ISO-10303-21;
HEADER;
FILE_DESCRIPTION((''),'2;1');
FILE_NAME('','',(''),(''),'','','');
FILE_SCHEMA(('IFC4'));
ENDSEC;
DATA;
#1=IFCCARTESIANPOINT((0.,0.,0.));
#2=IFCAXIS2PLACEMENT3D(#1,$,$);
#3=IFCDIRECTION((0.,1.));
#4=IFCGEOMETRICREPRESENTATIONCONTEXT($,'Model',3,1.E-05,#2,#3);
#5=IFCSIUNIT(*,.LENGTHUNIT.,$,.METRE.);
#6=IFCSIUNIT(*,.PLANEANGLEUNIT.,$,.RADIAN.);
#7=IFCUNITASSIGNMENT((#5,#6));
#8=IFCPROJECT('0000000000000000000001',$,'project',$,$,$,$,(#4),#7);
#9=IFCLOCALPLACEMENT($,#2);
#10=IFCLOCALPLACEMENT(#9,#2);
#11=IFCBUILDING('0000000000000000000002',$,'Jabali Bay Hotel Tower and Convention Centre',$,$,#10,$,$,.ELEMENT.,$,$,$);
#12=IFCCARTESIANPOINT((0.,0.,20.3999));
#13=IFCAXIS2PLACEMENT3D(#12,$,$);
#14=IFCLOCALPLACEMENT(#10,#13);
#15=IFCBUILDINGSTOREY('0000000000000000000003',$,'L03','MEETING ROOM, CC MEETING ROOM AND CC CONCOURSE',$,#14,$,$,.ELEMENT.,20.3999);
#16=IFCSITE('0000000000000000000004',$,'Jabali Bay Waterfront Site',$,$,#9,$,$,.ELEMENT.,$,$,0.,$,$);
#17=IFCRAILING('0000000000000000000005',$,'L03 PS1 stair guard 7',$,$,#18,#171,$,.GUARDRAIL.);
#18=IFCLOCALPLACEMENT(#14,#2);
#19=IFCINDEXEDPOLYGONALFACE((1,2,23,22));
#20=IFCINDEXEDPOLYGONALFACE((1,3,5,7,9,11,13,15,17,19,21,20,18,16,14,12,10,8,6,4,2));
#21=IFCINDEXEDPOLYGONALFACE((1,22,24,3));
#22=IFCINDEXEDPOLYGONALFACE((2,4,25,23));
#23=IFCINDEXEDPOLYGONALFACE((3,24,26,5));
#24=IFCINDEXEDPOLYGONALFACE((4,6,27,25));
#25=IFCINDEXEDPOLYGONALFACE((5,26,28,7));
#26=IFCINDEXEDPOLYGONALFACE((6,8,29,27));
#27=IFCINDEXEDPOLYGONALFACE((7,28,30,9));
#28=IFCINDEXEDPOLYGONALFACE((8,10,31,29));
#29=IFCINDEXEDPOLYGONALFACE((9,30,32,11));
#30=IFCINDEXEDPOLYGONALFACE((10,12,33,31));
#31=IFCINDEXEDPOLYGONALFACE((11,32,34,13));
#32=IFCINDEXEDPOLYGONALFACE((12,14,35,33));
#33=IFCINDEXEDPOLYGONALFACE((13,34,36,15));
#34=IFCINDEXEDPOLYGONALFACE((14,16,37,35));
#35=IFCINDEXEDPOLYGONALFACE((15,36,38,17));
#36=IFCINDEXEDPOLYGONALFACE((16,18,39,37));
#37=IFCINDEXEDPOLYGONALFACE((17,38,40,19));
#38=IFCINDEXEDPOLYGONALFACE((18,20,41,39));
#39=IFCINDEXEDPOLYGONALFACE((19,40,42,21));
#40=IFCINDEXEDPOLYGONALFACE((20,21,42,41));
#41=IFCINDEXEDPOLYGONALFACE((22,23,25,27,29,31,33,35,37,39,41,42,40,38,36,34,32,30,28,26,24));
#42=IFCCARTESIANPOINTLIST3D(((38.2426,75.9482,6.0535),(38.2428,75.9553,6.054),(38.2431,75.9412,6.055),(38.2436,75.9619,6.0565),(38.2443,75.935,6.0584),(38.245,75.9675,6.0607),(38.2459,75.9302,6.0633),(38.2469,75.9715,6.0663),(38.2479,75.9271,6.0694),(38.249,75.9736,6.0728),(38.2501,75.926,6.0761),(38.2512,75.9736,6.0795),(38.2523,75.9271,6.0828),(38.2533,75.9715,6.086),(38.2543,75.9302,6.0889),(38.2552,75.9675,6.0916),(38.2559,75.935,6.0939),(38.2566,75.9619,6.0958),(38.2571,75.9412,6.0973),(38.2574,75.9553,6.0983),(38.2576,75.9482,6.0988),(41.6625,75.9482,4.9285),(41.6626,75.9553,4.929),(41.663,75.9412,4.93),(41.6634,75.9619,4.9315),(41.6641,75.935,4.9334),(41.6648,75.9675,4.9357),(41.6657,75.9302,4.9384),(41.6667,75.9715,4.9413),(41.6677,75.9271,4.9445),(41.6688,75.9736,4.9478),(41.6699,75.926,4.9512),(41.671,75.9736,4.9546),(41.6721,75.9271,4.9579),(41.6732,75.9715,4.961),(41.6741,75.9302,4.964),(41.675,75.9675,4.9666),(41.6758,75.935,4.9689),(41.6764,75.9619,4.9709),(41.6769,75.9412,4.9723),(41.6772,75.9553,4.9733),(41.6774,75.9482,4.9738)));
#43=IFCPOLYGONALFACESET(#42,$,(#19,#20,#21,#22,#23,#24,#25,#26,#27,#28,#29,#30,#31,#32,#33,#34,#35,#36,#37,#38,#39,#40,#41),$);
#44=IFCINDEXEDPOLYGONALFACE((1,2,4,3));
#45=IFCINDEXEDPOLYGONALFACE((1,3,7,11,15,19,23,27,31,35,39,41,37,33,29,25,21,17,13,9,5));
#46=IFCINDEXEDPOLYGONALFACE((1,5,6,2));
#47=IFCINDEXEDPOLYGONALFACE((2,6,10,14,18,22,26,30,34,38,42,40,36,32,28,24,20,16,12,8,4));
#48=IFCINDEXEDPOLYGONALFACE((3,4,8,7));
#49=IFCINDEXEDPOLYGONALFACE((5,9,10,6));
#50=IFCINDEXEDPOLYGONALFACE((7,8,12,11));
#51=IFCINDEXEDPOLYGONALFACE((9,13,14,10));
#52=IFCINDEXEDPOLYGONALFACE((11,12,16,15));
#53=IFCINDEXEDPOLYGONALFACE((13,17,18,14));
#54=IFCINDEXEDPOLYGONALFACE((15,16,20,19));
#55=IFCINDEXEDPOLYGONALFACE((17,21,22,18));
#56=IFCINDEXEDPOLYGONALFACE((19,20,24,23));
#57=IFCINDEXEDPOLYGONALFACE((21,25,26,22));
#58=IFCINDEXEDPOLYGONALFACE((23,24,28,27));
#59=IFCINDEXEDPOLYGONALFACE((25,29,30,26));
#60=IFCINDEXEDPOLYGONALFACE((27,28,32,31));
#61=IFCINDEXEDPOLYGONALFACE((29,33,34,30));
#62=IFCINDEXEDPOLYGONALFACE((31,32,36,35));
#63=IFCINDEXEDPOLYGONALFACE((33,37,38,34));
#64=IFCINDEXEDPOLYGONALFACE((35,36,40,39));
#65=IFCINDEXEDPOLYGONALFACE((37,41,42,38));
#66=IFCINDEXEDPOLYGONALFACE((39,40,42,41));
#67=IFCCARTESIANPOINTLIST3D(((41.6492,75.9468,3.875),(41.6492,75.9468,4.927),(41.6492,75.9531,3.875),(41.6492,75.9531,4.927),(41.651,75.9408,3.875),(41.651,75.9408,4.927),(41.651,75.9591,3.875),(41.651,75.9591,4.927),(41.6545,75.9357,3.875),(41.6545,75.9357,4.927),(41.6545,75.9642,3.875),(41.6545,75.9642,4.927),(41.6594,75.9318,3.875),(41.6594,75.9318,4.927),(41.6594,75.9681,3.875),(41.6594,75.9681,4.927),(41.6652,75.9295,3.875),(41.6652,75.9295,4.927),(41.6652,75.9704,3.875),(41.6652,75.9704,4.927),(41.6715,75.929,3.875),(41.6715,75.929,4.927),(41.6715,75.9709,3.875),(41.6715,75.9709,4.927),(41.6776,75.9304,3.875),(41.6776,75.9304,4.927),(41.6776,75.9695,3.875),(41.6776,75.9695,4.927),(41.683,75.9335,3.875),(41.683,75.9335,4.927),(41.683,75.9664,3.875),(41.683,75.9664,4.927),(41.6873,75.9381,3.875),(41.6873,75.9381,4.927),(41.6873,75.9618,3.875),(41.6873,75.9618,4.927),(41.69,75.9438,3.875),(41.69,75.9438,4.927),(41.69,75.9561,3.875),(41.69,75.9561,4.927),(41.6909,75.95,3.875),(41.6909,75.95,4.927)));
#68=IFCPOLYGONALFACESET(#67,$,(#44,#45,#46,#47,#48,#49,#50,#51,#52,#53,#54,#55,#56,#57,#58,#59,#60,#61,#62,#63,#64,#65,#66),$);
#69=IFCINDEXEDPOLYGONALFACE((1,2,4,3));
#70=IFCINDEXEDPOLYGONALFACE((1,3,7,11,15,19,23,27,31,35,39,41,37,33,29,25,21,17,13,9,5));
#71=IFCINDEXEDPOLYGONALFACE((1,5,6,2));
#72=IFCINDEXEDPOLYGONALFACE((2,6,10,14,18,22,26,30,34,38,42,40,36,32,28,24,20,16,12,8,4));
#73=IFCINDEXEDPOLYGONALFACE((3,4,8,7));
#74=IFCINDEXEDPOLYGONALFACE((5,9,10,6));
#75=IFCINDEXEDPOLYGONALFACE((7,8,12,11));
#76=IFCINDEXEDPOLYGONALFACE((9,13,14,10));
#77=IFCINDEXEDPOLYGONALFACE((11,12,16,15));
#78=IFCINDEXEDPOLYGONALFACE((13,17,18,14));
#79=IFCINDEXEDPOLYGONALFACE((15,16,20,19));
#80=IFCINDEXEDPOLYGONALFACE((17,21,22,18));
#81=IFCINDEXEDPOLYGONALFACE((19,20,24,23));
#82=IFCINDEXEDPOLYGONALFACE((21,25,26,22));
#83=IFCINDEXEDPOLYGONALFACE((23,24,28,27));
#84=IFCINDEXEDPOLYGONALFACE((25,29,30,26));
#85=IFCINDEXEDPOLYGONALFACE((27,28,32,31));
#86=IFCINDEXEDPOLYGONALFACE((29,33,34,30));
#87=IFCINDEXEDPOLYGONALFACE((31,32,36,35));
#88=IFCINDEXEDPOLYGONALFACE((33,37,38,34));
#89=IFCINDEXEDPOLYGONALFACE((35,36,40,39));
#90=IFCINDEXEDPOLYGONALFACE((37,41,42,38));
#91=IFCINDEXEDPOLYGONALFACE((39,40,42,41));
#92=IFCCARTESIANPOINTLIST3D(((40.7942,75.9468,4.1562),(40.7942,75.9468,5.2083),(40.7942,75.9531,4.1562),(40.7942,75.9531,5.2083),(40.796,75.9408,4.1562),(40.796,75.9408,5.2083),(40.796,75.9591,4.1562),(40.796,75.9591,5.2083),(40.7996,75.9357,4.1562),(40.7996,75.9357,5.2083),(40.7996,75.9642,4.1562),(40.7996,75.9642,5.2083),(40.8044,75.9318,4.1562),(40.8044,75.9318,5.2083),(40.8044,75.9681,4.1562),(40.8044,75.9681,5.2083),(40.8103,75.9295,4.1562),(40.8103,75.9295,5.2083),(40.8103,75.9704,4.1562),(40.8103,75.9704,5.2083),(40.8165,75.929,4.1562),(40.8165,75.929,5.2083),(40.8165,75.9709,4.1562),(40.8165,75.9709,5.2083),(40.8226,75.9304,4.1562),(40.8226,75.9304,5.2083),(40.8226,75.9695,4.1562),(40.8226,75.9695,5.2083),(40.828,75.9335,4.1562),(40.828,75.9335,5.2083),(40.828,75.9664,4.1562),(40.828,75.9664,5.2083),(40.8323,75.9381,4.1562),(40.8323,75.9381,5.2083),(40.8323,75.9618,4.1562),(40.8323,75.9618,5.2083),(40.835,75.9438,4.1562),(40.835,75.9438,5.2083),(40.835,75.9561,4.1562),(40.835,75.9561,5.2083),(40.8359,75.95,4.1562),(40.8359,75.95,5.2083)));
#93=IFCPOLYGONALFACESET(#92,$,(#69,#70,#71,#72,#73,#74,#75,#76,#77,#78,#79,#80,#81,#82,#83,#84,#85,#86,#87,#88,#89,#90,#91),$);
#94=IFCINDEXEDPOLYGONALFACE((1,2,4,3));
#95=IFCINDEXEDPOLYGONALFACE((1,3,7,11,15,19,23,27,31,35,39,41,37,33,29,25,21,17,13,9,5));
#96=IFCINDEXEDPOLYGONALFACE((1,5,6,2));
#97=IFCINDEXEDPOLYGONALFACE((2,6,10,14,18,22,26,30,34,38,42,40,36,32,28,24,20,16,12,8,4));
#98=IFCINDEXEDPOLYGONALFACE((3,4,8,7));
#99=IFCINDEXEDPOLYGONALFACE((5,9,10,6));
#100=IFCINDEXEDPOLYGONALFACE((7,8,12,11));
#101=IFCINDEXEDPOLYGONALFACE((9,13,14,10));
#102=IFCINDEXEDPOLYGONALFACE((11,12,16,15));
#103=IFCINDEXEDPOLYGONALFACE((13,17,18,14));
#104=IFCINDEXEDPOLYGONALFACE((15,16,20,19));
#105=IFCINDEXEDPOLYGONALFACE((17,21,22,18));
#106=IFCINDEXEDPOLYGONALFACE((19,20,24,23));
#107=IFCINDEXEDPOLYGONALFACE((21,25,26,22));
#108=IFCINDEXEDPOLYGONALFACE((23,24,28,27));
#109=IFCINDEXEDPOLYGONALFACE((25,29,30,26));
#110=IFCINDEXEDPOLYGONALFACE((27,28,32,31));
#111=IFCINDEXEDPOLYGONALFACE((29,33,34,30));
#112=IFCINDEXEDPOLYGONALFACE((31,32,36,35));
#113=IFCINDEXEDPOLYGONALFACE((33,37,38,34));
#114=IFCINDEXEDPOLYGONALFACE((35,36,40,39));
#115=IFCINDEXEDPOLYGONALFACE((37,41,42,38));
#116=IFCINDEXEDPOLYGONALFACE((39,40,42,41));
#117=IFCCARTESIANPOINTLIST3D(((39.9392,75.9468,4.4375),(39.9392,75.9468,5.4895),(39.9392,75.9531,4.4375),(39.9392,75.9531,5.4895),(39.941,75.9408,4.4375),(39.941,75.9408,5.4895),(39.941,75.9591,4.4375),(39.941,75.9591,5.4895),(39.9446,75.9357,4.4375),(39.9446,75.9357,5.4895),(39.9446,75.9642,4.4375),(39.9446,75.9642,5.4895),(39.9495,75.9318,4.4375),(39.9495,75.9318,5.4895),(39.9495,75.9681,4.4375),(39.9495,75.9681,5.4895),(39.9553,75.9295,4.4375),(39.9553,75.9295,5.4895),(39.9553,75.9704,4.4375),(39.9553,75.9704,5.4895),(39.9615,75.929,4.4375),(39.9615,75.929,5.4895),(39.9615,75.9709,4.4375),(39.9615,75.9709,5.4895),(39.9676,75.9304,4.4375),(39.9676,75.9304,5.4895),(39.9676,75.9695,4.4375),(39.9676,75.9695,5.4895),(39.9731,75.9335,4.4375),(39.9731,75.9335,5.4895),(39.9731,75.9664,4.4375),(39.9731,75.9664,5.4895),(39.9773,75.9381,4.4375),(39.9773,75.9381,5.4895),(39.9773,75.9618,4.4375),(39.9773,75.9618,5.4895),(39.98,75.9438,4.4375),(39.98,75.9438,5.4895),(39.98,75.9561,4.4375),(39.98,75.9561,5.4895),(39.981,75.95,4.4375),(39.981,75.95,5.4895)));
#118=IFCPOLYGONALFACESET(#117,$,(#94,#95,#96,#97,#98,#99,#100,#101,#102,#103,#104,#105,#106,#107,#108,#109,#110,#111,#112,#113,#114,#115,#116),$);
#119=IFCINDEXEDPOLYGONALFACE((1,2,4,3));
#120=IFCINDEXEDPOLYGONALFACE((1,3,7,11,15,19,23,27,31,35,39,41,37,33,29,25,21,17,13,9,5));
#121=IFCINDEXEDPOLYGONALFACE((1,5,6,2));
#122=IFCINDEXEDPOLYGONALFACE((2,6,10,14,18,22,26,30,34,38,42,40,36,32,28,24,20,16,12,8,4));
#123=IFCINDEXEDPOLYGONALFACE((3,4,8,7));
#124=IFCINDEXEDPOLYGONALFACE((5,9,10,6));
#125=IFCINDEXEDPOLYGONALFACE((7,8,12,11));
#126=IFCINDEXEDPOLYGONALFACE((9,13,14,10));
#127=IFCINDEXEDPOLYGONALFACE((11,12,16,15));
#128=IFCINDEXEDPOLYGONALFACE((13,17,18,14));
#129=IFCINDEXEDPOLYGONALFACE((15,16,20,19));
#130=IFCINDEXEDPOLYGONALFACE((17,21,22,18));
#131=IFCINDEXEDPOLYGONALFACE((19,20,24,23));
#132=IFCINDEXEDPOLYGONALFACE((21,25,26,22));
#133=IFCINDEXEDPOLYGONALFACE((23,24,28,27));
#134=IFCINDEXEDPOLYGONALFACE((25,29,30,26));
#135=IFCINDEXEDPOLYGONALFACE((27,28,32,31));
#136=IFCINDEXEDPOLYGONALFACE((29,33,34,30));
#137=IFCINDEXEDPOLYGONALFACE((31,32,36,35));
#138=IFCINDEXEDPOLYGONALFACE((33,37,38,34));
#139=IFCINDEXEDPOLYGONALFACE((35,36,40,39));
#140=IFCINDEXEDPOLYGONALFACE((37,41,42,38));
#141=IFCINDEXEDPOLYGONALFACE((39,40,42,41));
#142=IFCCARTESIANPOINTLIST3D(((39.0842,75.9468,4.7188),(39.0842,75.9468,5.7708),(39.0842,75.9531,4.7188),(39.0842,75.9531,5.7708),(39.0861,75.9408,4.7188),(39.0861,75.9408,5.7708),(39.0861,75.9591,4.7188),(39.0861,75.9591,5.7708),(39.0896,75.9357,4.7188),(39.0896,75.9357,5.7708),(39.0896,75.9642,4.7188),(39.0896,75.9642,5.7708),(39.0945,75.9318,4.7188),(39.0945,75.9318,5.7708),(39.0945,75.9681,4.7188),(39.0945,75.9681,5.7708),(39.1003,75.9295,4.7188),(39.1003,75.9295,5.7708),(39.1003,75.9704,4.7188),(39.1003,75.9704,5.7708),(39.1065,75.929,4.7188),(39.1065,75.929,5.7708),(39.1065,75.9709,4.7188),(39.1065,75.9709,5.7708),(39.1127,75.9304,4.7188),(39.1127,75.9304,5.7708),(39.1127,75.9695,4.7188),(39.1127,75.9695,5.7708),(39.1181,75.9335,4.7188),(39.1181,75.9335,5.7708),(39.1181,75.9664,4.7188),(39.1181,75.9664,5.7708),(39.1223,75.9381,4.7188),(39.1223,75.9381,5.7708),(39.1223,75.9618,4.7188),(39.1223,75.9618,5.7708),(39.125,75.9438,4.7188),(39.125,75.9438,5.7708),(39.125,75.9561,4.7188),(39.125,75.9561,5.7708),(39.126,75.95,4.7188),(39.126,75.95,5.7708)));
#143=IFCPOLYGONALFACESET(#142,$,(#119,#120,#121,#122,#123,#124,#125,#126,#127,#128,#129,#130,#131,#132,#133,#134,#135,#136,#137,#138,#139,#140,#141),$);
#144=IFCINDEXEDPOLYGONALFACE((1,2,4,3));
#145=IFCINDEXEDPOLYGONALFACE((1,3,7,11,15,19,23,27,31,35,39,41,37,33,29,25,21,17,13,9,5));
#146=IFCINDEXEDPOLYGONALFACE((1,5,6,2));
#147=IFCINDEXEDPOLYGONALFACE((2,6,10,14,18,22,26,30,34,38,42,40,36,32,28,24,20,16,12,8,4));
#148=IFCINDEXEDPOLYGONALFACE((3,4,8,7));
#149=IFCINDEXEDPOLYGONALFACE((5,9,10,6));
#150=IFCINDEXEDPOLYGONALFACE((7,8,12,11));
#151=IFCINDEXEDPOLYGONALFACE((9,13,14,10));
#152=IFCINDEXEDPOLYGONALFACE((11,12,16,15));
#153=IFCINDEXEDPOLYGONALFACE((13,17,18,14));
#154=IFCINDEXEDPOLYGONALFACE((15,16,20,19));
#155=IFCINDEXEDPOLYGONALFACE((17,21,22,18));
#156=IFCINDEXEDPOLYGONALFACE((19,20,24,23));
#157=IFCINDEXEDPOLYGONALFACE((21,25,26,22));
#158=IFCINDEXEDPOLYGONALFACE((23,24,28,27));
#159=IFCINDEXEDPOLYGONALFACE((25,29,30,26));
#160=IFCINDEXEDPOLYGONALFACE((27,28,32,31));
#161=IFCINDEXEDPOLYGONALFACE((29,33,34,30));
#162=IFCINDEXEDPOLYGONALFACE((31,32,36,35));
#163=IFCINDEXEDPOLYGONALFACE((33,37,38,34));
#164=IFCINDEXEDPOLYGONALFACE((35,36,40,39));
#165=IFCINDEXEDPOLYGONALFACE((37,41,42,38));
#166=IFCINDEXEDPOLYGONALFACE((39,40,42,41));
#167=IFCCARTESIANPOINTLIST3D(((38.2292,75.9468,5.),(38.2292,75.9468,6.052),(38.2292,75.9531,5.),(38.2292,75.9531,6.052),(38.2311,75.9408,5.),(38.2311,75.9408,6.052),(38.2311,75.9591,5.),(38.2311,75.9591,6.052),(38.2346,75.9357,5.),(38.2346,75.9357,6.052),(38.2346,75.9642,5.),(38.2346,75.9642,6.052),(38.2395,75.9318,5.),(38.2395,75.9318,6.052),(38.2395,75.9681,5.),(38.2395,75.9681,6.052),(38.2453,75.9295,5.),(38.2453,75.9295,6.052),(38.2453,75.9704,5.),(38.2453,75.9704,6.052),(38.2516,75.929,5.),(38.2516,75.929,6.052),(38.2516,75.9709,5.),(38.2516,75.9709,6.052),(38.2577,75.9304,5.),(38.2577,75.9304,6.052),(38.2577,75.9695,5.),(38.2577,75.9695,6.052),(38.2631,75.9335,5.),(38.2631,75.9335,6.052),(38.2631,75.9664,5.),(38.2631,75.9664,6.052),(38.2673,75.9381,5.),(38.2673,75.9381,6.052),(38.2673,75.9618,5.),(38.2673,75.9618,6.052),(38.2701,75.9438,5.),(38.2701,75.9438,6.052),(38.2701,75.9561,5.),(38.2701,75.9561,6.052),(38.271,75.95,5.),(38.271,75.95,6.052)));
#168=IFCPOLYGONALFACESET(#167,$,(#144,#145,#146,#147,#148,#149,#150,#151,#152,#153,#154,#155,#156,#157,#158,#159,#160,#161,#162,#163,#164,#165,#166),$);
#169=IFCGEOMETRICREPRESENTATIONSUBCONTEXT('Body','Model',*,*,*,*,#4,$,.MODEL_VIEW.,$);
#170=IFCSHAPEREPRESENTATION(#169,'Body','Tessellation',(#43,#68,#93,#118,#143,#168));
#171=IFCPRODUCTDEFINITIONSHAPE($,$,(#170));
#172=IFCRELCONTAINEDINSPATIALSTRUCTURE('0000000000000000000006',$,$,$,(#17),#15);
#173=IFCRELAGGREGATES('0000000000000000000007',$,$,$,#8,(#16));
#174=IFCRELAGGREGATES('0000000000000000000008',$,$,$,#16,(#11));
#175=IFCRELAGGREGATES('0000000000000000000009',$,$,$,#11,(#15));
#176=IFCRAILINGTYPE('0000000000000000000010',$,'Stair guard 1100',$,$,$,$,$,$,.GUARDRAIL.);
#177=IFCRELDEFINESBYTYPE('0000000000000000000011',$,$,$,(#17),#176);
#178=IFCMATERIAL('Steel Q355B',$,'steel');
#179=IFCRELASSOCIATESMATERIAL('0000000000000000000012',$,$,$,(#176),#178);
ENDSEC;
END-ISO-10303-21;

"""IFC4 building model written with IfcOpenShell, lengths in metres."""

from ifc_helpers import new_model, si_unit, direction, frame, origin, origin_2d, place, context, subcontext, project, spatial, circle, extrude, material, type_object, element, save


model = new_model("IFC4")

# Units and contexts
model_context = context("Model", 3, precision=1e-05, world=origin(), true_north=direction((0.0, 1.0)))
body_context = subcontext(model_context, "Body", "Model", "MODEL_VIEW")
ifc_project = project(units=[si_unit("LENGTHUNIT", "METRE"), si_unit("PLANEANGLEUNIT", "RADIAN")], contexts=[model_context])

# Site, building, storey
site_placement = place(None, origin())
site = spatial("IfcSite", under=ifc_project, at=site_placement, Name="Jabali Bay Waterfront Site", CompositionType="ELEMENT", RefElevation=0.0)
building_placement = place(site_placement, origin())
building = spatial("IfcBuilding", under=site, at=building_placement, Name="Jabali Bay Hotel Tower and Convention Centre", CompositionType="ELEMENT")
storey_placement = place(building_placement, frame((0.0, 0.0, 20.3999)))
storey = spatial("IfcBuildingStorey", under=building, at=storey_placement, Name="L03", Description="MEETING ROOM, CC MEETING ROOM AND CC CONCOURSE", CompositionType="ELEMENT", Elevation=20.3999)

# Railing
ifc_material_1 = material(Name="Steel Q355B", Category="steel")
railing_type_1 = type_object("IfcRailingType", Name="Stair guard 1100", PredefinedType="GUARDRAIL", material=ifc_material_1)
for number, where, name in (
    (1, (41.6699, 75.95, 3.875), "L03 PS1 stair guard 7"),
):
    element("IfcRailing", number, at=place(storey_placement, frame(where)), inside=storey, type_object=railing_type_1, Name=name, PredefinedType="GUARDRAIL", context=body_context, shape_type="SweptSolid", body=[
        extrude(circle(Radius=0.0239, at=origin_2d()), frame((0.0, 0.0, 1.0762), z_axis=(-0.949924, 0.0, 0.312482), x_axis=(0.0, -1.0, 0.0)), (0.0, 0.0, 1.0), 3.6001),
        extrude(circle(Radius=0.021, at=origin_2d()), origin(), (0.0, 0.0, 1.0), 1.052),
        extrude(circle(Radius=0.021, at=origin_2d()), frame((-0.855, 0.0, 0.2812)), (0.0, 0.0, 1.0), 1.052),
        extrude(circle(Radius=0.021, at=origin_2d()), frame((-1.71, 0.0, 0.5625)), (0.0, 0.0, 1.0), 1.052),
        extrude(circle(Radius=0.021, at=origin_2d()), frame((-2.5649, 0.0, 0.8438)), (0.0, 0.0, 1.0), 1.052),
        extrude(circle(Radius=0.021, at=origin_2d()), frame((-3.4199, 0.0, 1.125)), (0.0, 0.0, 1.0), 1.052),
    ])

save(model, "model.ifc")
